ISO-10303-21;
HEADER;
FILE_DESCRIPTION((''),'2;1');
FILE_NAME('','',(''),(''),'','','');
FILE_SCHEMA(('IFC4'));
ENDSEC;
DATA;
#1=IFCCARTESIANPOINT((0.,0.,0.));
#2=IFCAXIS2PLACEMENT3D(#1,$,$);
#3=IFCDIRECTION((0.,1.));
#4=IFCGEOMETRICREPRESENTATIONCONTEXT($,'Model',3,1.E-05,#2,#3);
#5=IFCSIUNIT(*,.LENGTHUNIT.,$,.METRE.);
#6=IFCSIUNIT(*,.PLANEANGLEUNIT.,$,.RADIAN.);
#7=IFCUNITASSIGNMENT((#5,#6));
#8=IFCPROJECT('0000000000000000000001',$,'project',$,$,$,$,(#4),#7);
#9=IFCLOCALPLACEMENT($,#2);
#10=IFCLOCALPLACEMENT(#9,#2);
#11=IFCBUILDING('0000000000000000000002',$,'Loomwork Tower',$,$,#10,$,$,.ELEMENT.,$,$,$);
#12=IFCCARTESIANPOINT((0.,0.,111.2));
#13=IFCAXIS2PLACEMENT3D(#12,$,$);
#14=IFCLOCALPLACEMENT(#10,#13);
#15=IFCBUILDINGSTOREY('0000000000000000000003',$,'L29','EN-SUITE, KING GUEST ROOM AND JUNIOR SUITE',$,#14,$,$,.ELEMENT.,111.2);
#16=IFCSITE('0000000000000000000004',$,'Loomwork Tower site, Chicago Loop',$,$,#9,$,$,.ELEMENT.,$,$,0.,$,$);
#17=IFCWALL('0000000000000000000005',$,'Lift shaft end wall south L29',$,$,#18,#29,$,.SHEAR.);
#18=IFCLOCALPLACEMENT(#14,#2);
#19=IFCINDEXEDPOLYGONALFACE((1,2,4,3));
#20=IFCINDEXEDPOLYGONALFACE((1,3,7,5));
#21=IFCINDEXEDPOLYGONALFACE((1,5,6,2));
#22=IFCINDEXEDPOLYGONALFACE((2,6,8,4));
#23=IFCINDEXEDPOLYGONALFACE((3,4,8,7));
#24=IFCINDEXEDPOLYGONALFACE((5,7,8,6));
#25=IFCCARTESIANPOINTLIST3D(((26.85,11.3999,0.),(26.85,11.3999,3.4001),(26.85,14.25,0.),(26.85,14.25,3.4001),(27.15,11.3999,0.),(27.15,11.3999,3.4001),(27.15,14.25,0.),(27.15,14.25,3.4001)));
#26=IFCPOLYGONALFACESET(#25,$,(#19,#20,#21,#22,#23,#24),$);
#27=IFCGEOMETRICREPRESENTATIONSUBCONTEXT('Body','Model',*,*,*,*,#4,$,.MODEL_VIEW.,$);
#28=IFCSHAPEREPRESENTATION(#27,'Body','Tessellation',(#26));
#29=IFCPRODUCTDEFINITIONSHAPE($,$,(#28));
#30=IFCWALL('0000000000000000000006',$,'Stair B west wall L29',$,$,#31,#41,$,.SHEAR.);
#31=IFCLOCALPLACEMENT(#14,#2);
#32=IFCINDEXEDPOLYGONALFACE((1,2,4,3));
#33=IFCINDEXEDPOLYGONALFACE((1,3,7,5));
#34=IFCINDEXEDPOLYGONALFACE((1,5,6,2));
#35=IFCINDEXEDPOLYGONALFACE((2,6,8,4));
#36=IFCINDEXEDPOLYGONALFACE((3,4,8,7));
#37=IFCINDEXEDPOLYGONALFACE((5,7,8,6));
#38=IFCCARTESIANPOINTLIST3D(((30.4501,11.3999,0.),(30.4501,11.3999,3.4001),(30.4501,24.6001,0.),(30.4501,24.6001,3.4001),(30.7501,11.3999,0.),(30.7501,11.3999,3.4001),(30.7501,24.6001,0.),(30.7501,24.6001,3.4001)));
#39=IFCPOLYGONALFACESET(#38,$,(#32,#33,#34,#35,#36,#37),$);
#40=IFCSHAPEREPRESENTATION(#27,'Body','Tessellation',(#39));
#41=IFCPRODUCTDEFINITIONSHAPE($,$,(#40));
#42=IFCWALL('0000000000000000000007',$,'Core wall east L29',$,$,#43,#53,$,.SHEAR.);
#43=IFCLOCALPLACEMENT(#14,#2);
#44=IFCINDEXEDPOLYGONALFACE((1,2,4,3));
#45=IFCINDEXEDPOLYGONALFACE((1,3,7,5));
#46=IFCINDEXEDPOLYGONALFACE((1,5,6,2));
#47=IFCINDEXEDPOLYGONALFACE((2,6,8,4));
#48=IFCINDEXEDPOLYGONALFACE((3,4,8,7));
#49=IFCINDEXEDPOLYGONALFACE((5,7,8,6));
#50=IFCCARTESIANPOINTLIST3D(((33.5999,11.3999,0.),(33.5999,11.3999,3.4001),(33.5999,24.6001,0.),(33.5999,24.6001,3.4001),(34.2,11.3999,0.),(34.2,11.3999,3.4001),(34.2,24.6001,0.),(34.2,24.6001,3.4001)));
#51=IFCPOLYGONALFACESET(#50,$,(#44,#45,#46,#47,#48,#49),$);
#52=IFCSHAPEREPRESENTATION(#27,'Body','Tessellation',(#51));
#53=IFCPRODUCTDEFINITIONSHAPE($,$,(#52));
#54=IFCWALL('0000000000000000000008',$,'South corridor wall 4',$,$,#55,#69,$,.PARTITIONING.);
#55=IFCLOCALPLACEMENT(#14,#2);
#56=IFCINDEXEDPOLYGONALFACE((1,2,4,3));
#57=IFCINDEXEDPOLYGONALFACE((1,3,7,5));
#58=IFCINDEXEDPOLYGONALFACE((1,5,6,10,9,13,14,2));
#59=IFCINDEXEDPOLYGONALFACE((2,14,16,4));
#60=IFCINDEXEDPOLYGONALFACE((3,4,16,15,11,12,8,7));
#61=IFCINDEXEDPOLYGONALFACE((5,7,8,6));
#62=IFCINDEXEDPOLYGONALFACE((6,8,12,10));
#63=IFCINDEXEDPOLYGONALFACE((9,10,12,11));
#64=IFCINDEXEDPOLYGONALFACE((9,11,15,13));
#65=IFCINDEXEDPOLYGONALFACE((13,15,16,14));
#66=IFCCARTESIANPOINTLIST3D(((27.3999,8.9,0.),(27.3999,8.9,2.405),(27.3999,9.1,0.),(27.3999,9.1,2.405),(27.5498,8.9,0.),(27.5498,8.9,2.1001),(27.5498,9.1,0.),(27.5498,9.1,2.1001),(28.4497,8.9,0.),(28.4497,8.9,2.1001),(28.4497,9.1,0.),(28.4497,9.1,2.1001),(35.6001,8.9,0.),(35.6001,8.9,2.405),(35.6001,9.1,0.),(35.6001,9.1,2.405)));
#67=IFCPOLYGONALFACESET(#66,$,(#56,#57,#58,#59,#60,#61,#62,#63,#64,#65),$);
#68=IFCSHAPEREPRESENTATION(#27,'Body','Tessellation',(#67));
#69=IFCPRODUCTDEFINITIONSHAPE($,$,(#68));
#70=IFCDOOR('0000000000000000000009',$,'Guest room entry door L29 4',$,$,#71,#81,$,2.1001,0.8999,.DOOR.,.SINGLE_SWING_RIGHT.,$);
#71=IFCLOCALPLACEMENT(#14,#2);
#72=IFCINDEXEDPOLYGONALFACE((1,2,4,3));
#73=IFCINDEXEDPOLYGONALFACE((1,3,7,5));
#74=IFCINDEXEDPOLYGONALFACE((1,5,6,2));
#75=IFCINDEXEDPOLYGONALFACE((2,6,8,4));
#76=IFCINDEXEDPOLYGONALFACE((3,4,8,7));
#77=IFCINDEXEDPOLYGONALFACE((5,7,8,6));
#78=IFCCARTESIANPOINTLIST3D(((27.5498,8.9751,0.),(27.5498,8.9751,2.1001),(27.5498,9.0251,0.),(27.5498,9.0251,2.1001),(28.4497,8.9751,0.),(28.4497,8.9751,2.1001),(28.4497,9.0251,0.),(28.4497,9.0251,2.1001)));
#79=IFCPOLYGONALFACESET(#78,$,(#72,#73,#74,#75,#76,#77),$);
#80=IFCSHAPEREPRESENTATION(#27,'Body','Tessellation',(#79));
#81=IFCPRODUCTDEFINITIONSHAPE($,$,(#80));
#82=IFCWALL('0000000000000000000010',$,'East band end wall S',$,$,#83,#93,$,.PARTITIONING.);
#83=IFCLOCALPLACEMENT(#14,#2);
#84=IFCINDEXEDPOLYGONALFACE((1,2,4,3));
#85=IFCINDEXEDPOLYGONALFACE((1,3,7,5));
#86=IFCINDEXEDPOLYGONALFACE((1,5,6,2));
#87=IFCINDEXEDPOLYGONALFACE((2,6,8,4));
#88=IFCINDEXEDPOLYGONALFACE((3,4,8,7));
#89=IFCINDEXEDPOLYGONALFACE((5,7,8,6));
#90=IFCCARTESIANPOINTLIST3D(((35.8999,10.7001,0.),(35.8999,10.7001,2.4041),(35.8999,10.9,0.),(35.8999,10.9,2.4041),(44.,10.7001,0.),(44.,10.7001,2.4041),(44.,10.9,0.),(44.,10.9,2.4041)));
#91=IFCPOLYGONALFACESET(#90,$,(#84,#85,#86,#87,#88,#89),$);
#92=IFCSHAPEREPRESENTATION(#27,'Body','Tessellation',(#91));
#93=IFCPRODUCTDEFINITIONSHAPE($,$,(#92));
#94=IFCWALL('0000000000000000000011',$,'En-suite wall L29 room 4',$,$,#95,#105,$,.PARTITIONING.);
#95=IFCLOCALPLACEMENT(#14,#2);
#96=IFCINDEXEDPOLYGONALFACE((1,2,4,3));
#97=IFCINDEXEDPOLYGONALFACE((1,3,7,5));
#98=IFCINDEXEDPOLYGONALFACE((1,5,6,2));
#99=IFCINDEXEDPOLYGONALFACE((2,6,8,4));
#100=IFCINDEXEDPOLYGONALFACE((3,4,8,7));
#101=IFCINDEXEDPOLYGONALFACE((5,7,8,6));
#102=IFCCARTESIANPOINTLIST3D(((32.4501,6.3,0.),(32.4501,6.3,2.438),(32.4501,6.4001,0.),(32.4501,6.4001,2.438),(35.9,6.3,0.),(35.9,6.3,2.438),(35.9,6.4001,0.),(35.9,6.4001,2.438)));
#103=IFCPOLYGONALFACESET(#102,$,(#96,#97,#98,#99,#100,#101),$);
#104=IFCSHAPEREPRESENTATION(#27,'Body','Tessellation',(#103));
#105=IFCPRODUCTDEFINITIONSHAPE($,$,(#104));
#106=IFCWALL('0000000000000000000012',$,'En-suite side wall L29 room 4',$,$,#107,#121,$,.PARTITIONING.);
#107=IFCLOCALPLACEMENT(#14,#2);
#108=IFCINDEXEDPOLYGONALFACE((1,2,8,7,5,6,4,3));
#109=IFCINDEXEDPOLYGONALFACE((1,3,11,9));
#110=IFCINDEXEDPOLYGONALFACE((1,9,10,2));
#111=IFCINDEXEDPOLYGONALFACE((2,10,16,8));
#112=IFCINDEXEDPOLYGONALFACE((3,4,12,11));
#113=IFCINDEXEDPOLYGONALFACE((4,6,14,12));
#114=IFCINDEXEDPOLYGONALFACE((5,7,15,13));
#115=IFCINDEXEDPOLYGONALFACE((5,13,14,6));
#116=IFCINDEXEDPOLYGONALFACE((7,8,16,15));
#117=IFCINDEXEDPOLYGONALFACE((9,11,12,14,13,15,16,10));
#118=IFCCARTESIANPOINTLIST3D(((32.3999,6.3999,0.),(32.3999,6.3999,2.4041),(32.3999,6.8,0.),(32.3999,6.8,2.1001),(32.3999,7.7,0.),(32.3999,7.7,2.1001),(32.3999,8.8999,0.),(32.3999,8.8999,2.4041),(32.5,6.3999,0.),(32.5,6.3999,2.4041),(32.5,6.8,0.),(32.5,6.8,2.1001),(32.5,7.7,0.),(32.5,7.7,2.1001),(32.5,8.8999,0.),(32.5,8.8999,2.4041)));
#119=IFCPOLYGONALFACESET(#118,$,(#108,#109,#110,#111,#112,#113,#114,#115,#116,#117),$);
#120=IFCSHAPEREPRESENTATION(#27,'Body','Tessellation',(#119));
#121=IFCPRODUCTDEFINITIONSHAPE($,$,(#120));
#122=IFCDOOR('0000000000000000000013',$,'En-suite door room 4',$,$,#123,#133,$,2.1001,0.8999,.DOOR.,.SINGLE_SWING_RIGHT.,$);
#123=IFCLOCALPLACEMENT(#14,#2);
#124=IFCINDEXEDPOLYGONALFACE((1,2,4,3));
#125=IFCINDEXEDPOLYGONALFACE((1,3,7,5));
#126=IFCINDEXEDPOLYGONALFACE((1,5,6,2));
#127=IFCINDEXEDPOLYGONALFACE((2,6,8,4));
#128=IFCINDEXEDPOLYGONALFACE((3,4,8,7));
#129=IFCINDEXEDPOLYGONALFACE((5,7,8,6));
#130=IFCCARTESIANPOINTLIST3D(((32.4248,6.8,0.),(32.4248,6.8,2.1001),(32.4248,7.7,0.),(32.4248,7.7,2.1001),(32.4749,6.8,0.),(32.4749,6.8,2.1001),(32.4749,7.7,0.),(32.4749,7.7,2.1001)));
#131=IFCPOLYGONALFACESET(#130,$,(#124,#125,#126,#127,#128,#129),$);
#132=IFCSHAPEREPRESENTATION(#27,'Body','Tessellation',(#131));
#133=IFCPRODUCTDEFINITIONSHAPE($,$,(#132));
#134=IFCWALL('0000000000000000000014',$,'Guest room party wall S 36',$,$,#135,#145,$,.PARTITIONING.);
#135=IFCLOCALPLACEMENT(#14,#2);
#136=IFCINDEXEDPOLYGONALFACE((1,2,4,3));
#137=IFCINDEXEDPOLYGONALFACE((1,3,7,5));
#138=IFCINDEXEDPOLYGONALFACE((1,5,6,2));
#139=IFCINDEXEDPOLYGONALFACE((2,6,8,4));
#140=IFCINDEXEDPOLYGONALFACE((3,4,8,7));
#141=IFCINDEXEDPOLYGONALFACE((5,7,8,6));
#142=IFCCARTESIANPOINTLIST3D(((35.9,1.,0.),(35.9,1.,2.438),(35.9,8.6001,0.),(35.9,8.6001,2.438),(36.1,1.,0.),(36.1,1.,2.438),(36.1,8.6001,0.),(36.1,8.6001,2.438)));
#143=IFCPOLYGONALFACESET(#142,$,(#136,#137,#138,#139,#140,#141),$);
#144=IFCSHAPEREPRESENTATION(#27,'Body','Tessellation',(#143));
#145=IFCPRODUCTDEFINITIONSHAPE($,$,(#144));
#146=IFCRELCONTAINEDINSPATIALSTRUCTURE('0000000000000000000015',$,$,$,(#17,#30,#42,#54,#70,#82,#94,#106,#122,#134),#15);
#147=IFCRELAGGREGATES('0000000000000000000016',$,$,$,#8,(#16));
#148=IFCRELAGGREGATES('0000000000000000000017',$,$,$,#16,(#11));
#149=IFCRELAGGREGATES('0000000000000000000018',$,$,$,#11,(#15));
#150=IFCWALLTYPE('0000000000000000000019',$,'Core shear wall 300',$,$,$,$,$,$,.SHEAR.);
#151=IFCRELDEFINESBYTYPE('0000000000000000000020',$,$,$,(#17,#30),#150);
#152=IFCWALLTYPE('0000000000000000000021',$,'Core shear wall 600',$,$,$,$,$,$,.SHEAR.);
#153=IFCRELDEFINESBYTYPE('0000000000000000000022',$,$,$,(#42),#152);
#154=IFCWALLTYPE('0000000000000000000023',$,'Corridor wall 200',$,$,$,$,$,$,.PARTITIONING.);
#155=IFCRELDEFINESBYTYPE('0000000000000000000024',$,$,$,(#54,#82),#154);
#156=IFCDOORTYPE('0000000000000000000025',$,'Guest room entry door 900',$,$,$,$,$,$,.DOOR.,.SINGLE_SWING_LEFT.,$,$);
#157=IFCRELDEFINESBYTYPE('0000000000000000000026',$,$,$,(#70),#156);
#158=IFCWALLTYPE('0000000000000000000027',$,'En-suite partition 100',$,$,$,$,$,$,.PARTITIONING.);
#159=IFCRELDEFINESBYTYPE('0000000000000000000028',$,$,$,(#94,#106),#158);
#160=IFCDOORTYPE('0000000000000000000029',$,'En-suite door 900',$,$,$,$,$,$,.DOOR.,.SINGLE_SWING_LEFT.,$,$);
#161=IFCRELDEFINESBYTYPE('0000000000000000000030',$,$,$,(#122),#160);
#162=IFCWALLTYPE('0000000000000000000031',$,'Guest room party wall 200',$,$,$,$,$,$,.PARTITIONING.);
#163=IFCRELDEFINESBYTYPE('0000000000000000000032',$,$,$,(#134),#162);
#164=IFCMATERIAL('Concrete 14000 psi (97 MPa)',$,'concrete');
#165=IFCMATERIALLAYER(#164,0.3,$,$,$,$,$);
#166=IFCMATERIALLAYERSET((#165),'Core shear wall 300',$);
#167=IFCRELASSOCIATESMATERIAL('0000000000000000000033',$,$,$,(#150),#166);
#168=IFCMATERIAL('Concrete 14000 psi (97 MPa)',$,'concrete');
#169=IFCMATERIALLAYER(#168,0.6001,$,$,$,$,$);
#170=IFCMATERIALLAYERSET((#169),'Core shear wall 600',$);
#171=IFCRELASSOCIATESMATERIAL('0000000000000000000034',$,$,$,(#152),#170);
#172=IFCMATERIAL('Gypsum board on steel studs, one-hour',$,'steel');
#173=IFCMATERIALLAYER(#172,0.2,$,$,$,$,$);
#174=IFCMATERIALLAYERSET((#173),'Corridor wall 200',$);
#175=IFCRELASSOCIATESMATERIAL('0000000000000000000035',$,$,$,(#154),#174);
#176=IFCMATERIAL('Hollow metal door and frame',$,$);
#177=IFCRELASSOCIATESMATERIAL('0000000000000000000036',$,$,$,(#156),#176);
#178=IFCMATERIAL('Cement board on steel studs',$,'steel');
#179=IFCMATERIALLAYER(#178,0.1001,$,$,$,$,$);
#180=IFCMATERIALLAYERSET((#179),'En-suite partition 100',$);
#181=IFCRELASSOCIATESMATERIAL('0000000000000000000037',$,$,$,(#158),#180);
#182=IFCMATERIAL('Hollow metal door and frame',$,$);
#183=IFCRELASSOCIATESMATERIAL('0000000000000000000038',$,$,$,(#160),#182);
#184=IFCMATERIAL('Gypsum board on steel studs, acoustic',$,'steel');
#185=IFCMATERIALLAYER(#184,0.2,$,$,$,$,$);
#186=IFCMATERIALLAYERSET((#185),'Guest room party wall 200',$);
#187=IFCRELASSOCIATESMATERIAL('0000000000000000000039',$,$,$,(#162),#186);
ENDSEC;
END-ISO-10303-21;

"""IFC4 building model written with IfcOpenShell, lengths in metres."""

from ifc_helpers import new_model, si_unit, direction, frame, frame_2d, origin, place, context, subcontext, project, spatial, rectangle, extrude, material, layer, layer_set, type_object, element, fill, save


model = new_model("IFC4")

# Units and contexts
model_context = context("Model", 3, precision=1e-05, world=origin(), true_north=direction((0.0, 1.0)))
body_context = subcontext(model_context, "Body", "Model", "MODEL_VIEW")
ifc_project = project(units=[si_unit("LENGTHUNIT", "METRE"), si_unit("PLANEANGLEUNIT", "RADIAN")], contexts=[model_context])

# Site, building, storey
site_placement = place(None, origin())
site = spatial("IfcSite", under=ifc_project, at=site_placement, Name="Loomwork Tower site, Chicago Loop", CompositionType="ELEMENT", RefElevation=0.0)
building_placement = place(site_placement, origin())
building = spatial("IfcBuilding", under=site, at=building_placement, Name="Loomwork Tower", CompositionType="ELEMENT")
storey_placement = place(building_placement, frame((0.0, 0.0, 111.2)))
storey = spatial("IfcBuildingStorey", under=building, at=storey_placement, Name="L29", Description="EN-SUITE, KING GUEST ROOM AND JUNIOR SUITE", CompositionType="ELEMENT", Elevation=111.2)

# Walls
ifc_material_1 = material(Name="Concrete 14000 psi (97 MPa)", Category="concrete")
ifc_layer_1 = layer(ifc_material_1, 0.3)
ifc_layer_set_1 = layer_set([ifc_layer_1], Name="Core shear wall 300")
wall_type_1 = type_object("IfcWallType", Name="Core shear wall 300", PredefinedType="SHEAR", material=ifc_layer_set_1)
wall_1_placement = place(storey_placement, frame((27.0, 11.3999, 0.0), z_axis=(0.0, 0.0, 1.0), x_axis=(0.0, 1.0, 0.0)))
element("IfcWall", 1, at=wall_1_placement, inside=storey, type_object=wall_type_1, Name="Lift shaft end wall south L29", PredefinedType="SHEAR", context=body_context, shape_type="SweptSolid", body=[
    extrude(rectangle(XDim=2.8501, YDim=0.3, at=frame_2d((1.425, 0.0))), origin(), (0.0, 0.0, 1.0), 3.4001),
])
wall_2_placement = place(storey_placement, frame((30.6001, 11.3999, 0.0), z_axis=(0.0, 0.0, 1.0), x_axis=(0.0, 1.0, 0.0)))
element("IfcWall", 2, at=wall_2_placement, inside=storey, type_object=wall_type_1, Name="Stair B west wall L29", PredefinedType="SHEAR", context=body_context, shape_type="SweptSolid", body=[
    extrude(rectangle(XDim=13.2002, YDim=0.3, at=frame_2d((6.6001, 0.0))), origin(), (0.0, 0.0, 1.0), 3.4001),
])
ifc_material_2 = material(Name="Concrete 14000 psi (97 MPa)", Category="concrete")
ifc_layer_2 = layer(ifc_material_2, 0.6001)
ifc_layer_set_2 = layer_set([ifc_layer_2], Name="Core shear wall 600")
wall_type_2 = type_object("IfcWallType", Name="Core shear wall 600", PredefinedType="SHEAR", material=ifc_layer_set_2)
wall_3_placement = place(storey_placement, frame((33.8999, 11.3999, 0.0), z_axis=(0.0, 0.0, 1.0), x_axis=(0.0, 1.0, 0.0)))
element("IfcWall", 3, at=wall_3_placement, inside=storey, type_object=wall_type_2, Name="Core wall east L29", PredefinedType="SHEAR", context=body_context, shape_type="SweptSolid", body=[
    extrude(rectangle(XDim=13.2002, YDim=0.6001, at=frame_2d((6.6001, 0.0))), origin(), (0.0, 0.0, 1.0), 3.4001),
])

# Wall, opening, door
ifc_material_3 = material(Name="Gypsum board on steel studs, one-hour", Category="steel")
ifc_layer_3 = layer(ifc_material_3, 0.2)
ifc_layer_set_3 = layer_set([ifc_layer_3], Name="Corridor wall 200")
wall_type_3 = type_object("IfcWallType", Name="Corridor wall 200", PredefinedType="PARTITIONING", material=ifc_layer_set_3)
wall_4_placement = place(storey_placement, frame((27.3999, 9.0, 0.0), z_axis=(0.0, 0.0, 1.0), x_axis=(1.0, 0.0, 0.0)))
wall_4 = element("IfcWall", 4, at=wall_4_placement, inside=storey, type_object=wall_type_3, Name="South corridor wall 4", PredefinedType="PARTITIONING", context=body_context, shape_type="SweptSolid", body=[
    extrude(rectangle(XDim=8.2002, YDim=0.2, at=frame_2d((4.1001, 0.0))), origin(), (0.0, 0.0, 1.0), 2.405),
])
opening_1_placement = place(wall_4_placement, frame((0.1499, 0.0, 0.0)))
opening_1 = element("IfcOpeningElement", 5, at=opening_1_placement, cuts=wall_4, PredefinedType="OPENING", context=body_context, shape_type="SweptSolid", body=[
    extrude(rectangle(XDim=0.8999, YDim=2.1001, at=frame_2d((0.45, 1.05))), frame((0.0, 0.1099, 0.0), z_axis=(0.0, -1.0, 0.0), x_axis=(1.0, 0.0, 0.0)), (0.0, 0.0, 1.0), 0.22),
])
ifc_material_4 = material(Name="Hollow metal door and frame")
door_type_1 = type_object("IfcDoorType", Name="Guest room entry door 900", OperationType="SINGLE_SWING_LEFT", PredefinedType="DOOR", material=ifc_material_4)
door_1_placement = place(opening_1_placement, frame((0.8999, 0.0, 0.0), z_axis=(0.0, 0.0, 1.0), x_axis=(-1.0, 0.0, 0.0)))
door_1 = element("IfcDoor", 6, at=door_1_placement, inside=storey, type_object=door_type_1, Name="Guest room entry door L29 4", OperationType="SINGLE_SWING_RIGHT", OverallHeight=2.1001, OverallWidth=0.8999, PredefinedType="DOOR", context=body_context, shape_type="SweptSolid", body=[
    extrude(rectangle(XDim=0.8999, YDim=2.1001, at=frame_2d((0.45, 1.05))), frame((0.0, 0.0249, 0.0), z_axis=(0.0, -1.0, 0.0), x_axis=(1.0, 0.0, 0.0)), (0.0, 0.0, 1.0), 0.05),
])
fill(opening_1, door_1)

# Walls
wall_5_placement = place(storey_placement, frame((35.8999, 10.8, 0.0), z_axis=(0.0, 0.0, 1.0), x_axis=(1.0, 0.0, 0.0)))
element("IfcWall", 7, at=wall_5_placement, inside=storey, type_object=wall_type_3, Name="East band end wall S", PredefinedType="PARTITIONING", context=body_context, shape_type="SweptSolid", body=[
    extrude(rectangle(XDim=8.1001, YDim=0.2, at=frame_2d((4.05, 0.0))), origin(), (0.0, 0.0, 1.0), 2.4041),
])
ifc_material_5 = material(Name="Cement board on steel studs", Category="steel")
ifc_layer_4 = layer(ifc_material_5, 0.1001)
ifc_layer_set_4 = layer_set([ifc_layer_4], Name="En-suite partition 100")
wall_type_4 = type_object("IfcWallType", Name="En-suite partition 100", PredefinedType="PARTITIONING", material=ifc_layer_set_4)
wall_6_placement = place(storey_placement, frame((32.45, 6.3501, 0.0), z_axis=(0.0, 0.0, 1.0), x_axis=(1.0, 0.0, 0.0)))
element("IfcWall", 8, at=wall_6_placement, inside=storey, type_object=wall_type_4, Name="En-suite wall L29 room 4", PredefinedType="PARTITIONING", context=body_context, shape_type="SweptSolid", body=[
    extrude(rectangle(XDim=3.45, YDim=0.1001, at=frame_2d((1.7251, 0.0))), origin(), (0.0, 0.0, 1.0), 2.438),
])

# Wall, opening, door
wall_7_placement = place(storey_placement, frame((32.45, 8.8999, 0.0), z_axis=(0.0, 0.0, 1.0), x_axis=(0.0, -1.0, 0.0)))
wall_7 = element("IfcWall", 9, at=wall_7_placement, inside=storey, type_object=wall_type_4, Name="En-suite side wall L29 room 4", PredefinedType="PARTITIONING", context=body_context, shape_type="SweptSolid", body=[
    extrude(rectangle(XDim=2.5, YDim=0.1001, at=frame_2d((1.25, 0.0))), origin(), (0.0, 0.0, 1.0), 2.4041),
])
opening_2_placement = place(wall_7_placement, frame((1.2, 0.0, 0.0)))
opening_2 = element("IfcOpeningElement", 10, at=opening_2_placement, cuts=wall_7, PredefinedType="OPENING", context=body_context, shape_type="SweptSolid", body=[
    extrude(rectangle(XDim=0.8999, YDim=2.1001, at=frame_2d((0.45, 1.05))), frame((0.0, 0.0601, 0.0), z_axis=(0.0, -1.0, 0.0), x_axis=(1.0, 0.0, 0.0)), (0.0, 0.0, 1.0), 0.1201),
])
ifc_material_6 = material(Name="Hollow metal door and frame")
door_type_2 = type_object("IfcDoorType", Name="En-suite door 900", OperationType="SINGLE_SWING_LEFT", PredefinedType="DOOR", material=ifc_material_6)
door_2_placement = place(opening_2_placement, origin())
door_2 = element("IfcDoor", 11, at=door_2_placement, inside=storey, type_object=door_type_2, Name="En-suite door room 4", OperationType="SINGLE_SWING_RIGHT", OverallHeight=2.1001, OverallWidth=0.8999, PredefinedType="DOOR", context=body_context, shape_type="SweptSolid", body=[
    extrude(rectangle(XDim=0.8999, YDim=2.1001, at=frame_2d((0.45, 1.05))), frame((0.0, 0.0249, 0.0), z_axis=(0.0, -1.0, 0.0), x_axis=(1.0, 0.0, 0.0)), (0.0, 0.0, 1.0), 0.05),
])
fill(opening_2, door_2)

# Wall
ifc_material_7 = material(Name="Gypsum board on steel studs, acoustic", Category="steel")
ifc_layer_5 = layer(ifc_material_7, 0.2)
ifc_layer_set_5 = layer_set([ifc_layer_5], Name="Guest room party wall 200")
wall_type_5 = type_object("IfcWallType", Name="Guest room party wall 200", PredefinedType="PARTITIONING", material=ifc_layer_set_5)
wall_8_placement = place(storey_placement, frame((36.0, 8.6001, 0.0), z_axis=(0.0, 0.0, 1.0), x_axis=(0.0, -1.0, 0.0)))
element("IfcWall", 12, at=wall_8_placement, inside=storey, type_object=wall_type_5, Name="Guest room party wall S 36", PredefinedType="PARTITIONING", context=body_context, shape_type="SweptSolid", body=[
    extrude(rectangle(XDim=7.6001, YDim=0.2, at=frame_2d((3.8, 0.0))), origin(), (0.0, 0.0, 1.0), 2.438),
])

save(model, "model.ifc")
